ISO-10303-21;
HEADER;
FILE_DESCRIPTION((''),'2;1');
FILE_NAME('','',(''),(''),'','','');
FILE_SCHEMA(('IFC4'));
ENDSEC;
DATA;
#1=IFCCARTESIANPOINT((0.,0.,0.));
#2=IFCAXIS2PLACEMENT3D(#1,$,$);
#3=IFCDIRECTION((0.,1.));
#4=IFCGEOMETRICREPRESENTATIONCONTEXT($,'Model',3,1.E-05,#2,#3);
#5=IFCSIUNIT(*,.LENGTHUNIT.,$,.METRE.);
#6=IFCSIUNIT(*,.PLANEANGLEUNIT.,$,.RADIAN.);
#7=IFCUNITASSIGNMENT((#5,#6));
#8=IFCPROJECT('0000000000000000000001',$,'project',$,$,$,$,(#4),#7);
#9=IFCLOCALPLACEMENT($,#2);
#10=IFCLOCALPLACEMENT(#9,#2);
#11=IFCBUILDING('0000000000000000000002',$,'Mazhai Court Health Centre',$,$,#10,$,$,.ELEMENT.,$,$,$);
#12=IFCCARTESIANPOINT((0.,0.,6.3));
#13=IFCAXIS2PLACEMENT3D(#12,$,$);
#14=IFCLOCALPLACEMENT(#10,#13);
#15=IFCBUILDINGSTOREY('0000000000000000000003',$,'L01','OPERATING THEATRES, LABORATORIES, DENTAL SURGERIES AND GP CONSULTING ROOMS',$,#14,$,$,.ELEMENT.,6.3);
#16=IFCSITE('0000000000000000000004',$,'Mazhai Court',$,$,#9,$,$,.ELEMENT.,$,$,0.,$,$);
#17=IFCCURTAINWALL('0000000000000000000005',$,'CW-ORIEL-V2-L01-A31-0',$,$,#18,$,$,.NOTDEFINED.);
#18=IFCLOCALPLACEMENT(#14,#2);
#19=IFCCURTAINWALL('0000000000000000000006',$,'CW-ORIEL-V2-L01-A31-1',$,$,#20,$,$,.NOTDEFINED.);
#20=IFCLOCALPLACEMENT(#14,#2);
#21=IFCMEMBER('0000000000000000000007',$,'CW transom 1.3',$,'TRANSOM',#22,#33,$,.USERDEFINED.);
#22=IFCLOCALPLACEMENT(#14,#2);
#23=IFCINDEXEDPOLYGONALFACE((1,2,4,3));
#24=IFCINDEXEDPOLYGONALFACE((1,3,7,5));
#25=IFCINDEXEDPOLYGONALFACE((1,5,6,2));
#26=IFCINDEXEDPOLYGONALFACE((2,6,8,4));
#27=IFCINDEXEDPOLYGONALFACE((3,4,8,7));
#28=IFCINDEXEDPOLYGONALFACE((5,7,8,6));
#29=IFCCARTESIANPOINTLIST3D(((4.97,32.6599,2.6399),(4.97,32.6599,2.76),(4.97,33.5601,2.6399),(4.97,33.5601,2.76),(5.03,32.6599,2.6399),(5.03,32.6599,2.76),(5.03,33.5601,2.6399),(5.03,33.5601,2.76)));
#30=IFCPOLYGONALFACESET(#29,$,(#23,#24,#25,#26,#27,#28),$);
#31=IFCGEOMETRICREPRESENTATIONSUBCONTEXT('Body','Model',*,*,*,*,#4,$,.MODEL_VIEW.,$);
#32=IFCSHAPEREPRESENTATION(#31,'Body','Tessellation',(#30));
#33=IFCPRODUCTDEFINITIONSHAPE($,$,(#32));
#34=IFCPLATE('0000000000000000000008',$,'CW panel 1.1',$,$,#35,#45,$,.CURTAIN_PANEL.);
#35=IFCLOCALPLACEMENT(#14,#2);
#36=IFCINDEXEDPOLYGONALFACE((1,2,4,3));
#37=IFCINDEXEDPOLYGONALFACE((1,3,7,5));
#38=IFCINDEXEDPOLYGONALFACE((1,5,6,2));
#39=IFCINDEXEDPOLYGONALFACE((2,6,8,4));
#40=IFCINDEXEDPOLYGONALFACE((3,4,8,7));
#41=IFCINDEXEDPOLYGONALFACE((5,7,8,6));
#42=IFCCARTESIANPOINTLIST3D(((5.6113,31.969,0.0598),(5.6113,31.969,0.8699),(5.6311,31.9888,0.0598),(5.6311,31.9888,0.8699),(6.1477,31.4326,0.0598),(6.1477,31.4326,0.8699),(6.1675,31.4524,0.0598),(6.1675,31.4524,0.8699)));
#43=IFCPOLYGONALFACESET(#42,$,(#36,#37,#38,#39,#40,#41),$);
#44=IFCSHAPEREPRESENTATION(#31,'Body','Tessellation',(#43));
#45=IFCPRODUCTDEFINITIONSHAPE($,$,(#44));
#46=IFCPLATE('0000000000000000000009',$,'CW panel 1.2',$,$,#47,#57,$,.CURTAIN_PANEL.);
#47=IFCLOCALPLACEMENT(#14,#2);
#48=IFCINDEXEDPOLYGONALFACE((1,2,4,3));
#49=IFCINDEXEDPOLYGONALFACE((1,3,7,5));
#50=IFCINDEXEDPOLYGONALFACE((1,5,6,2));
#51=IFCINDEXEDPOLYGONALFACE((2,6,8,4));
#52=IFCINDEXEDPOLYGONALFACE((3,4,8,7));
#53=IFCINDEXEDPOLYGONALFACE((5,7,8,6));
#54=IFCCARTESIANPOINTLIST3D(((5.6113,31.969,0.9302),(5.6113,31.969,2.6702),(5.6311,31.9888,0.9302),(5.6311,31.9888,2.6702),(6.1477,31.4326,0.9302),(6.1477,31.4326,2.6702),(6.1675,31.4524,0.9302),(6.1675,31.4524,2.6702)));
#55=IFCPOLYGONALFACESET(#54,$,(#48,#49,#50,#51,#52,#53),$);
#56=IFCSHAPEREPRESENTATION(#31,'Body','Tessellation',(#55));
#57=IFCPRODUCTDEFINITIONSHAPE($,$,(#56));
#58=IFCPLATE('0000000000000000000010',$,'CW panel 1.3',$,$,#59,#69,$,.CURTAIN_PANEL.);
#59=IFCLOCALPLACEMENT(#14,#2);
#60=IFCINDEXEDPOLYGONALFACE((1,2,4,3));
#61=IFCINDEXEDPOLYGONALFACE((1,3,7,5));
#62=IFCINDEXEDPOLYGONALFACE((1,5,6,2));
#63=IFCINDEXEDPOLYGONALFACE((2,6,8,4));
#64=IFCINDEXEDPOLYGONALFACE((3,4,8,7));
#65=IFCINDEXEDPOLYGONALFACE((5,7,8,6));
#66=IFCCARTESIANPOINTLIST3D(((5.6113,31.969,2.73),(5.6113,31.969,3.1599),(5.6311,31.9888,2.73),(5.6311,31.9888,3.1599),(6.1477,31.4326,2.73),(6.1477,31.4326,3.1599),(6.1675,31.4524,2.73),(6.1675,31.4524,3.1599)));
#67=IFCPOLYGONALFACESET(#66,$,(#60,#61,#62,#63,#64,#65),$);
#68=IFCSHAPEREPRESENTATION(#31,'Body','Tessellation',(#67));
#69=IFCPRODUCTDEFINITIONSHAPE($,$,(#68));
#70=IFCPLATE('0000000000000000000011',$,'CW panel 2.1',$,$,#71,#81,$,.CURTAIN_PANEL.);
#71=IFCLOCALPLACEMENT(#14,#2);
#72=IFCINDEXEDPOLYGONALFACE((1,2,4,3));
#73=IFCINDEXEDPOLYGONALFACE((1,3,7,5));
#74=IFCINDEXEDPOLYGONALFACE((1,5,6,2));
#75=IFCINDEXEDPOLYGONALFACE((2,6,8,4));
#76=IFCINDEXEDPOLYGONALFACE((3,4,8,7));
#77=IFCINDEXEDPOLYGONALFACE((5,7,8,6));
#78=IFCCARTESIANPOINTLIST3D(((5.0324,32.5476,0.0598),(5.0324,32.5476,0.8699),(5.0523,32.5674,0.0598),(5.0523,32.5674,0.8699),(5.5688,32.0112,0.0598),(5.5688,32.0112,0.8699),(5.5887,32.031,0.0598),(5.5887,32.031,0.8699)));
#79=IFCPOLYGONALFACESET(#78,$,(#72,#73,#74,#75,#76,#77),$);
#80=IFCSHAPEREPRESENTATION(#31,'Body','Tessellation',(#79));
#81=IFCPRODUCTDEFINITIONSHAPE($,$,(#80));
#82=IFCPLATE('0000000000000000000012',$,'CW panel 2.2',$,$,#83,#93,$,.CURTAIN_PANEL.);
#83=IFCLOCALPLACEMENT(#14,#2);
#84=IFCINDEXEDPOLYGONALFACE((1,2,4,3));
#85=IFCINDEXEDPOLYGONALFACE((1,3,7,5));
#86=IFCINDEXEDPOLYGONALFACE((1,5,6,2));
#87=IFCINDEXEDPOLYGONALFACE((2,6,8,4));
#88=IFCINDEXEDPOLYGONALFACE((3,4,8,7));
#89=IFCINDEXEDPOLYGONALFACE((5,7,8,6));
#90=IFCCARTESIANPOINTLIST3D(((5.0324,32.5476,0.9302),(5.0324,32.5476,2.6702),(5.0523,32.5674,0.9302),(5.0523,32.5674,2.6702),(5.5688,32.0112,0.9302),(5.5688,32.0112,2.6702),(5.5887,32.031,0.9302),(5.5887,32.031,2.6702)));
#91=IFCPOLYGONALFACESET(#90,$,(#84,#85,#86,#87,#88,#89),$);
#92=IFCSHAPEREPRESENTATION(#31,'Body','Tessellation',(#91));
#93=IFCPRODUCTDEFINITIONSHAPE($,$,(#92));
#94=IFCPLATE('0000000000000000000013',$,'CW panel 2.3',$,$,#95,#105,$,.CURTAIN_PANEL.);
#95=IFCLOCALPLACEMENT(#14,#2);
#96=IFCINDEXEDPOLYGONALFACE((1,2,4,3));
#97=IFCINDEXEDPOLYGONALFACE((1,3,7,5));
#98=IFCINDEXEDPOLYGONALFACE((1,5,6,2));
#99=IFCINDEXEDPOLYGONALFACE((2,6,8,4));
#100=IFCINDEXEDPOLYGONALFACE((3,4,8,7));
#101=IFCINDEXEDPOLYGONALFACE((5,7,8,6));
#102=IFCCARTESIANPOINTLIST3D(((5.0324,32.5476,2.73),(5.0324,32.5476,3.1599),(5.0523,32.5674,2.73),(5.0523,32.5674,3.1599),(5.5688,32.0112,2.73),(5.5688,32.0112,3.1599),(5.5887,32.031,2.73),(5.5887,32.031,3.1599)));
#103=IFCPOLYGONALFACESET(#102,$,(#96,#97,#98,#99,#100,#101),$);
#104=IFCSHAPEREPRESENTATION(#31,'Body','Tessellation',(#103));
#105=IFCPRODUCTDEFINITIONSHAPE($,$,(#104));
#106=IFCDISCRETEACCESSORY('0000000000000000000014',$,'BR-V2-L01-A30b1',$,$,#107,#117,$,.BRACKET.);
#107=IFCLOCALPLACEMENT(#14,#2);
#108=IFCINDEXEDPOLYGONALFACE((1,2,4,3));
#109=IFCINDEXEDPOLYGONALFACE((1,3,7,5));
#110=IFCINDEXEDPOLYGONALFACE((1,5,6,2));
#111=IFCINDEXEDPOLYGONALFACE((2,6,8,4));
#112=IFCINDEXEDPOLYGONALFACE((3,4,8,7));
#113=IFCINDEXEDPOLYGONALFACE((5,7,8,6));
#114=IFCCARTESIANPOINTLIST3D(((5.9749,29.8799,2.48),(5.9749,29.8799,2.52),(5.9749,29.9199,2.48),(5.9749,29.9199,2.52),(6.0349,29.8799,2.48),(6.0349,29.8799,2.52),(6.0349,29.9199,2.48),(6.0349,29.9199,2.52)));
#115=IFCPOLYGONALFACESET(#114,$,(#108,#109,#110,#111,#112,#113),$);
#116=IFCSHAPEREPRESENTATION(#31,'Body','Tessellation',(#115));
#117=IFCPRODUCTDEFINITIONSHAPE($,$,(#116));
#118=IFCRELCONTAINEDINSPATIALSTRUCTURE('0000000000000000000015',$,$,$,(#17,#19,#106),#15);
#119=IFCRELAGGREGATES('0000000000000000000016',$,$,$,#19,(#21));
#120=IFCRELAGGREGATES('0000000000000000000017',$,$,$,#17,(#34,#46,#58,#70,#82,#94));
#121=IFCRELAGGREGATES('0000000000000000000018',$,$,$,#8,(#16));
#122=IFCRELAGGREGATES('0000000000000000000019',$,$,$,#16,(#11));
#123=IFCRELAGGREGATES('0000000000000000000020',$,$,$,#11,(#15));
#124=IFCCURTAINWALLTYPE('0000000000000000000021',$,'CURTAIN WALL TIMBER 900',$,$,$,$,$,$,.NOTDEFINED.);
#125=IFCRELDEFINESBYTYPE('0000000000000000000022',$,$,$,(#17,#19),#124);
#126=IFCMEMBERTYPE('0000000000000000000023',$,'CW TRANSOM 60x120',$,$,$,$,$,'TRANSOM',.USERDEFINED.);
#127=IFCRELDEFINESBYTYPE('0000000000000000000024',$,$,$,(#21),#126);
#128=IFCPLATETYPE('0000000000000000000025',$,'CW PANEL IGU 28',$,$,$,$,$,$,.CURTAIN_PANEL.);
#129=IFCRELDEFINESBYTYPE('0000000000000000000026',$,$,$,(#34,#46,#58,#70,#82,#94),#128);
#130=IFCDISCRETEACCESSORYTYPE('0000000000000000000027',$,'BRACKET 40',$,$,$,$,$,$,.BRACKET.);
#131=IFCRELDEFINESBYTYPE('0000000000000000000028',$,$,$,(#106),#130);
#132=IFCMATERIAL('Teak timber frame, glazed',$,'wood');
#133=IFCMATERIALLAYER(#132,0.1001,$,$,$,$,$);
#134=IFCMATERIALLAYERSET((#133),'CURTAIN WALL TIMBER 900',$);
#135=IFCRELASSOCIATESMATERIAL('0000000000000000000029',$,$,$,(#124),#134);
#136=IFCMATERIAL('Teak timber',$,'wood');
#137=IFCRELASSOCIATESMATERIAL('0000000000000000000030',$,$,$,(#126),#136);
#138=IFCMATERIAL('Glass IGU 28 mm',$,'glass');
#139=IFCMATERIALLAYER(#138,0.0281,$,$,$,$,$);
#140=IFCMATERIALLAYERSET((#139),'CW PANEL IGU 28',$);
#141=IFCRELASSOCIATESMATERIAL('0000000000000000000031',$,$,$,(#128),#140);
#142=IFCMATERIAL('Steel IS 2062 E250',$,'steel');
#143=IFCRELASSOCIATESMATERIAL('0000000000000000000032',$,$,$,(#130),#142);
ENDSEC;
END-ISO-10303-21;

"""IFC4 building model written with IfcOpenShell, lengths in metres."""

from ifc_helpers import new_model, si_unit, direction, frame, origin, origin_2d, place, context, subcontext, project, spatial, rectangle, extrude, material, layer, layer_set, material_profile, profile_set, type_object, element, aggregate, save


model = new_model("IFC4")

# Units and contexts
model_context = context("Model", 3, precision=1e-05, world=origin(), true_north=direction((0.0, 1.0)))
body_context = subcontext(model_context, "Body", "Model", "MODEL_VIEW")
ifc_project = project(units=[si_unit("LENGTHUNIT", "METRE"), si_unit("PLANEANGLEUNIT", "RADIAN")], contexts=[model_context])

# Site, building, storey
site_placement = place(None, origin())
site = spatial("IfcSite", under=ifc_project, at=site_placement, Name="Mazhai Court", CompositionType="ELEMENT", RefElevation=0.0)
building_placement = place(site_placement, origin())
building = spatial("IfcBuilding", under=site, at=building_placement, Name="Mazhai Court Health Centre", CompositionType="ELEMENT")
storey_placement = place(building_placement, frame((0.0, 0.0, 6.3)))
storey = spatial("IfcBuildingStorey", under=building, at=storey_placement, Name="L01", Description="OPERATING THEATRES, LABORATORIES, DENTAL SURGERIES AND GP CONSULTING ROOMS", CompositionType="ELEMENT", Elevation=6.3)

# Curtain wall
ifc_material_1 = material(Name="Teak timber frame, glazed", Category="wood")
ifc_layer_1 = layer(ifc_material_1, 0.1001)
ifc_layer_set_1 = layer_set([ifc_layer_1], Name="CURTAIN WALL TIMBER 900")
curtain_wall_type = type_object("IfcCurtainWallType", Name="CURTAIN WALL TIMBER 900", PredefinedType="NOTDEFINED", material=ifc_layer_set_1)
curtain_wall_1_placement = place(storey_placement, origin())
curtain_wall_1 = element("IfcCurtainWall", 1, at=curtain_wall_1_placement, inside=storey, type_object=curtain_wall_type, Name="CW-ORIEL-V2-L01-A31-0", PredefinedType="NOTDEFINED")

# Curtain wall
curtain_wall_2_placement = place(storey_placement, origin())
curtain_wall_2 = element("IfcCurtainWall", 2, at=curtain_wall_2_placement, inside=storey, type_object=curtain_wall_type, Name="CW-ORIEL-V2-L01-A31-1", PredefinedType="NOTDEFINED")

# Member
ifc_material_2 = material(Name="Teak timber", Category="wood")
ifc_material_profile_1 = material_profile(ifc_material_2, rectangle(XDim=0.0601, YDim=0.1201, at=origin_2d()), Name="CW TRANSOM 60x120")
ifc_profile_set_1 = profile_set([ifc_material_profile_1], Name="Teak timber")
member_type_1 = type_object("IfcMemberType", Name="CW TRANSOM 60x120", ElementType="TRANSOM", PredefinedType="USERDEFINED", material=ifc_profile_set_1)
member_1_placement = place(storey_placement, frame((5.0, 32.6599, 2.7), z_axis=(0.0, 1.0, 0.0), x_axis=(-1.0, 0.0, 0.0)))
member_1 = element("IfcMember", 3, at=member_1_placement, type_object=member_type_1, Name="CW transom 1.3", ObjectType="TRANSOM", PredefinedType="USERDEFINED", context=body_context, shape_type="SweptSolid", body=[
    extrude(rectangle(XDim=0.0601, YDim=0.1201, at=origin_2d()), origin(), (0.0, 0.0, 1.0), 0.9001),
])
aggregate(curtain_wall_2, [member_1])

# Plates
ifc_material_3 = material(Name="Glass IGU 28 mm", Category="glass")
ifc_layer_2 = layer(ifc_material_3, 0.0281)
ifc_layer_set_2 = layer_set([ifc_layer_2], Name="CW PANEL IGU 28")
plate_type = type_object("IfcPlateType", Name="CW PANEL IGU 28", PredefinedType="CURTAIN_PANEL", material=ifc_layer_set_2)
plate_1_placement = place(storey_placement, frame((5.8894, 31.7107, 0.0598), z_axis=(0.0, 0.0, 1.0), x_axis=(-0.707107, 0.707107, 0.0)))
plate_1 = element("IfcPlate", 4, at=plate_1_placement, type_object=plate_type, Name="CW panel 1.1", PredefinedType="CURTAIN_PANEL", context=body_context, shape_type="SweptSolid", body=[
    extrude(rectangle(XDim=0.7585, YDim=0.0281, at=origin_2d()), origin(), (0.0, 0.0, 1.0), 0.8101),
])
plate_2_placement = place(storey_placement, frame((5.8894, 31.7107, 0.9302), z_axis=(0.0, 0.0, 1.0), x_axis=(-0.707107, 0.707107, 0.0)))
plate_2 = element("IfcPlate", 5, at=plate_2_placement, type_object=plate_type, Name="CW panel 1.2", PredefinedType="CURTAIN_PANEL", context=body_context, shape_type="SweptSolid", body=[
    extrude(rectangle(XDim=0.7585, YDim=0.0281, at=origin_2d()), origin(), (0.0, 0.0, 1.0), 1.74),
])
plate_3_placement = place(storey_placement, frame((5.8894, 31.7107, 2.73), z_axis=(0.0, 0.0, 1.0), x_axis=(-0.707107, 0.707107, 0.0)))
plate_3 = element("IfcPlate", 6, at=plate_3_placement, type_object=plate_type, Name="CW panel 1.3", PredefinedType="CURTAIN_PANEL", context=body_context, shape_type="SweptSolid", body=[
    extrude(rectangle(XDim=0.7585, YDim=0.0281, at=origin_2d()), origin(), (0.0, 0.0, 1.0), 0.4299),
])
plate_4_placement = place(storey_placement, frame((5.3105, 32.2893, 0.0598), z_axis=(0.0, 0.0, 1.0), x_axis=(-0.707107, 0.707107, 0.0)))
plate_4 = element("IfcPlate", 7, at=plate_4_placement, type_object=plate_type, Name="CW panel 2.1", PredefinedType="CURTAIN_PANEL", context=body_context, shape_type="SweptSolid", body=[
    extrude(rectangle(XDim=0.7585, YDim=0.0281, at=origin_2d()), origin(), (0.0, 0.0, 1.0), 0.8101),
])
plate_5_placement = place(storey_placement, frame((5.3105, 32.2893, 0.9302), z_axis=(0.0, 0.0, 1.0), x_axis=(-0.707107, 0.707107, 0.0)))
plate_5 = element("IfcPlate", 8, at=plate_5_placement, type_object=plate_type, Name="CW panel 2.2", PredefinedType="CURTAIN_PANEL", context=body_context, shape_type="SweptSolid", body=[
    extrude(rectangle(XDim=0.7585, YDim=0.0281, at=origin_2d()), origin(), (0.0, 0.0, 1.0), 1.74),
])
plate_6_placement = place(storey_placement, frame((5.3105, 32.2893, 2.73), z_axis=(0.0, 0.0, 1.0), x_axis=(-0.707107, 0.707107, 0.0)))
plate_6 = element("IfcPlate", 9, at=plate_6_placement, type_object=plate_type, Name="CW panel 2.3", PredefinedType="CURTAIN_PANEL", context=body_context, shape_type="SweptSolid", body=[
    extrude(rectangle(XDim=0.7585, YDim=0.0281, at=origin_2d()), origin(), (0.0, 0.0, 1.0), 0.4299),
])
aggregate(curtain_wall_1, [plate_1, plate_2, plate_3, plate_4, plate_5, plate_6])

# Discrete accessory
ifc_material_4 = material(Name="Steel IS 2062 E250", Category="steel")
discrete_accessory_type = type_object("IfcDiscreteAccessoryType", Name="BRACKET 40", PredefinedType="BRACKET", material=ifc_material_4)
discrete_accessory_placement = place(storey_placement, frame((6.0049, 29.8999, 2.48), z_axis=(0.0, 0.0, 1.0), x_axis=(0.0, 1.0, 0.0)))
element("IfcDiscreteAccessory", 10, at=discrete_accessory_placement, inside=storey, type_object=discrete_accessory_type, Name="BR-V2-L01-A30b1", PredefinedType="BRACKET", context=body_context, shape_type="SweptSolid", body=[
    extrude(rectangle(XDim=0.04, YDim=0.0601, at=origin_2d()), origin(), (0.0, 0.0, 1.0), 0.04),
])

save(model, "model.ifc")
